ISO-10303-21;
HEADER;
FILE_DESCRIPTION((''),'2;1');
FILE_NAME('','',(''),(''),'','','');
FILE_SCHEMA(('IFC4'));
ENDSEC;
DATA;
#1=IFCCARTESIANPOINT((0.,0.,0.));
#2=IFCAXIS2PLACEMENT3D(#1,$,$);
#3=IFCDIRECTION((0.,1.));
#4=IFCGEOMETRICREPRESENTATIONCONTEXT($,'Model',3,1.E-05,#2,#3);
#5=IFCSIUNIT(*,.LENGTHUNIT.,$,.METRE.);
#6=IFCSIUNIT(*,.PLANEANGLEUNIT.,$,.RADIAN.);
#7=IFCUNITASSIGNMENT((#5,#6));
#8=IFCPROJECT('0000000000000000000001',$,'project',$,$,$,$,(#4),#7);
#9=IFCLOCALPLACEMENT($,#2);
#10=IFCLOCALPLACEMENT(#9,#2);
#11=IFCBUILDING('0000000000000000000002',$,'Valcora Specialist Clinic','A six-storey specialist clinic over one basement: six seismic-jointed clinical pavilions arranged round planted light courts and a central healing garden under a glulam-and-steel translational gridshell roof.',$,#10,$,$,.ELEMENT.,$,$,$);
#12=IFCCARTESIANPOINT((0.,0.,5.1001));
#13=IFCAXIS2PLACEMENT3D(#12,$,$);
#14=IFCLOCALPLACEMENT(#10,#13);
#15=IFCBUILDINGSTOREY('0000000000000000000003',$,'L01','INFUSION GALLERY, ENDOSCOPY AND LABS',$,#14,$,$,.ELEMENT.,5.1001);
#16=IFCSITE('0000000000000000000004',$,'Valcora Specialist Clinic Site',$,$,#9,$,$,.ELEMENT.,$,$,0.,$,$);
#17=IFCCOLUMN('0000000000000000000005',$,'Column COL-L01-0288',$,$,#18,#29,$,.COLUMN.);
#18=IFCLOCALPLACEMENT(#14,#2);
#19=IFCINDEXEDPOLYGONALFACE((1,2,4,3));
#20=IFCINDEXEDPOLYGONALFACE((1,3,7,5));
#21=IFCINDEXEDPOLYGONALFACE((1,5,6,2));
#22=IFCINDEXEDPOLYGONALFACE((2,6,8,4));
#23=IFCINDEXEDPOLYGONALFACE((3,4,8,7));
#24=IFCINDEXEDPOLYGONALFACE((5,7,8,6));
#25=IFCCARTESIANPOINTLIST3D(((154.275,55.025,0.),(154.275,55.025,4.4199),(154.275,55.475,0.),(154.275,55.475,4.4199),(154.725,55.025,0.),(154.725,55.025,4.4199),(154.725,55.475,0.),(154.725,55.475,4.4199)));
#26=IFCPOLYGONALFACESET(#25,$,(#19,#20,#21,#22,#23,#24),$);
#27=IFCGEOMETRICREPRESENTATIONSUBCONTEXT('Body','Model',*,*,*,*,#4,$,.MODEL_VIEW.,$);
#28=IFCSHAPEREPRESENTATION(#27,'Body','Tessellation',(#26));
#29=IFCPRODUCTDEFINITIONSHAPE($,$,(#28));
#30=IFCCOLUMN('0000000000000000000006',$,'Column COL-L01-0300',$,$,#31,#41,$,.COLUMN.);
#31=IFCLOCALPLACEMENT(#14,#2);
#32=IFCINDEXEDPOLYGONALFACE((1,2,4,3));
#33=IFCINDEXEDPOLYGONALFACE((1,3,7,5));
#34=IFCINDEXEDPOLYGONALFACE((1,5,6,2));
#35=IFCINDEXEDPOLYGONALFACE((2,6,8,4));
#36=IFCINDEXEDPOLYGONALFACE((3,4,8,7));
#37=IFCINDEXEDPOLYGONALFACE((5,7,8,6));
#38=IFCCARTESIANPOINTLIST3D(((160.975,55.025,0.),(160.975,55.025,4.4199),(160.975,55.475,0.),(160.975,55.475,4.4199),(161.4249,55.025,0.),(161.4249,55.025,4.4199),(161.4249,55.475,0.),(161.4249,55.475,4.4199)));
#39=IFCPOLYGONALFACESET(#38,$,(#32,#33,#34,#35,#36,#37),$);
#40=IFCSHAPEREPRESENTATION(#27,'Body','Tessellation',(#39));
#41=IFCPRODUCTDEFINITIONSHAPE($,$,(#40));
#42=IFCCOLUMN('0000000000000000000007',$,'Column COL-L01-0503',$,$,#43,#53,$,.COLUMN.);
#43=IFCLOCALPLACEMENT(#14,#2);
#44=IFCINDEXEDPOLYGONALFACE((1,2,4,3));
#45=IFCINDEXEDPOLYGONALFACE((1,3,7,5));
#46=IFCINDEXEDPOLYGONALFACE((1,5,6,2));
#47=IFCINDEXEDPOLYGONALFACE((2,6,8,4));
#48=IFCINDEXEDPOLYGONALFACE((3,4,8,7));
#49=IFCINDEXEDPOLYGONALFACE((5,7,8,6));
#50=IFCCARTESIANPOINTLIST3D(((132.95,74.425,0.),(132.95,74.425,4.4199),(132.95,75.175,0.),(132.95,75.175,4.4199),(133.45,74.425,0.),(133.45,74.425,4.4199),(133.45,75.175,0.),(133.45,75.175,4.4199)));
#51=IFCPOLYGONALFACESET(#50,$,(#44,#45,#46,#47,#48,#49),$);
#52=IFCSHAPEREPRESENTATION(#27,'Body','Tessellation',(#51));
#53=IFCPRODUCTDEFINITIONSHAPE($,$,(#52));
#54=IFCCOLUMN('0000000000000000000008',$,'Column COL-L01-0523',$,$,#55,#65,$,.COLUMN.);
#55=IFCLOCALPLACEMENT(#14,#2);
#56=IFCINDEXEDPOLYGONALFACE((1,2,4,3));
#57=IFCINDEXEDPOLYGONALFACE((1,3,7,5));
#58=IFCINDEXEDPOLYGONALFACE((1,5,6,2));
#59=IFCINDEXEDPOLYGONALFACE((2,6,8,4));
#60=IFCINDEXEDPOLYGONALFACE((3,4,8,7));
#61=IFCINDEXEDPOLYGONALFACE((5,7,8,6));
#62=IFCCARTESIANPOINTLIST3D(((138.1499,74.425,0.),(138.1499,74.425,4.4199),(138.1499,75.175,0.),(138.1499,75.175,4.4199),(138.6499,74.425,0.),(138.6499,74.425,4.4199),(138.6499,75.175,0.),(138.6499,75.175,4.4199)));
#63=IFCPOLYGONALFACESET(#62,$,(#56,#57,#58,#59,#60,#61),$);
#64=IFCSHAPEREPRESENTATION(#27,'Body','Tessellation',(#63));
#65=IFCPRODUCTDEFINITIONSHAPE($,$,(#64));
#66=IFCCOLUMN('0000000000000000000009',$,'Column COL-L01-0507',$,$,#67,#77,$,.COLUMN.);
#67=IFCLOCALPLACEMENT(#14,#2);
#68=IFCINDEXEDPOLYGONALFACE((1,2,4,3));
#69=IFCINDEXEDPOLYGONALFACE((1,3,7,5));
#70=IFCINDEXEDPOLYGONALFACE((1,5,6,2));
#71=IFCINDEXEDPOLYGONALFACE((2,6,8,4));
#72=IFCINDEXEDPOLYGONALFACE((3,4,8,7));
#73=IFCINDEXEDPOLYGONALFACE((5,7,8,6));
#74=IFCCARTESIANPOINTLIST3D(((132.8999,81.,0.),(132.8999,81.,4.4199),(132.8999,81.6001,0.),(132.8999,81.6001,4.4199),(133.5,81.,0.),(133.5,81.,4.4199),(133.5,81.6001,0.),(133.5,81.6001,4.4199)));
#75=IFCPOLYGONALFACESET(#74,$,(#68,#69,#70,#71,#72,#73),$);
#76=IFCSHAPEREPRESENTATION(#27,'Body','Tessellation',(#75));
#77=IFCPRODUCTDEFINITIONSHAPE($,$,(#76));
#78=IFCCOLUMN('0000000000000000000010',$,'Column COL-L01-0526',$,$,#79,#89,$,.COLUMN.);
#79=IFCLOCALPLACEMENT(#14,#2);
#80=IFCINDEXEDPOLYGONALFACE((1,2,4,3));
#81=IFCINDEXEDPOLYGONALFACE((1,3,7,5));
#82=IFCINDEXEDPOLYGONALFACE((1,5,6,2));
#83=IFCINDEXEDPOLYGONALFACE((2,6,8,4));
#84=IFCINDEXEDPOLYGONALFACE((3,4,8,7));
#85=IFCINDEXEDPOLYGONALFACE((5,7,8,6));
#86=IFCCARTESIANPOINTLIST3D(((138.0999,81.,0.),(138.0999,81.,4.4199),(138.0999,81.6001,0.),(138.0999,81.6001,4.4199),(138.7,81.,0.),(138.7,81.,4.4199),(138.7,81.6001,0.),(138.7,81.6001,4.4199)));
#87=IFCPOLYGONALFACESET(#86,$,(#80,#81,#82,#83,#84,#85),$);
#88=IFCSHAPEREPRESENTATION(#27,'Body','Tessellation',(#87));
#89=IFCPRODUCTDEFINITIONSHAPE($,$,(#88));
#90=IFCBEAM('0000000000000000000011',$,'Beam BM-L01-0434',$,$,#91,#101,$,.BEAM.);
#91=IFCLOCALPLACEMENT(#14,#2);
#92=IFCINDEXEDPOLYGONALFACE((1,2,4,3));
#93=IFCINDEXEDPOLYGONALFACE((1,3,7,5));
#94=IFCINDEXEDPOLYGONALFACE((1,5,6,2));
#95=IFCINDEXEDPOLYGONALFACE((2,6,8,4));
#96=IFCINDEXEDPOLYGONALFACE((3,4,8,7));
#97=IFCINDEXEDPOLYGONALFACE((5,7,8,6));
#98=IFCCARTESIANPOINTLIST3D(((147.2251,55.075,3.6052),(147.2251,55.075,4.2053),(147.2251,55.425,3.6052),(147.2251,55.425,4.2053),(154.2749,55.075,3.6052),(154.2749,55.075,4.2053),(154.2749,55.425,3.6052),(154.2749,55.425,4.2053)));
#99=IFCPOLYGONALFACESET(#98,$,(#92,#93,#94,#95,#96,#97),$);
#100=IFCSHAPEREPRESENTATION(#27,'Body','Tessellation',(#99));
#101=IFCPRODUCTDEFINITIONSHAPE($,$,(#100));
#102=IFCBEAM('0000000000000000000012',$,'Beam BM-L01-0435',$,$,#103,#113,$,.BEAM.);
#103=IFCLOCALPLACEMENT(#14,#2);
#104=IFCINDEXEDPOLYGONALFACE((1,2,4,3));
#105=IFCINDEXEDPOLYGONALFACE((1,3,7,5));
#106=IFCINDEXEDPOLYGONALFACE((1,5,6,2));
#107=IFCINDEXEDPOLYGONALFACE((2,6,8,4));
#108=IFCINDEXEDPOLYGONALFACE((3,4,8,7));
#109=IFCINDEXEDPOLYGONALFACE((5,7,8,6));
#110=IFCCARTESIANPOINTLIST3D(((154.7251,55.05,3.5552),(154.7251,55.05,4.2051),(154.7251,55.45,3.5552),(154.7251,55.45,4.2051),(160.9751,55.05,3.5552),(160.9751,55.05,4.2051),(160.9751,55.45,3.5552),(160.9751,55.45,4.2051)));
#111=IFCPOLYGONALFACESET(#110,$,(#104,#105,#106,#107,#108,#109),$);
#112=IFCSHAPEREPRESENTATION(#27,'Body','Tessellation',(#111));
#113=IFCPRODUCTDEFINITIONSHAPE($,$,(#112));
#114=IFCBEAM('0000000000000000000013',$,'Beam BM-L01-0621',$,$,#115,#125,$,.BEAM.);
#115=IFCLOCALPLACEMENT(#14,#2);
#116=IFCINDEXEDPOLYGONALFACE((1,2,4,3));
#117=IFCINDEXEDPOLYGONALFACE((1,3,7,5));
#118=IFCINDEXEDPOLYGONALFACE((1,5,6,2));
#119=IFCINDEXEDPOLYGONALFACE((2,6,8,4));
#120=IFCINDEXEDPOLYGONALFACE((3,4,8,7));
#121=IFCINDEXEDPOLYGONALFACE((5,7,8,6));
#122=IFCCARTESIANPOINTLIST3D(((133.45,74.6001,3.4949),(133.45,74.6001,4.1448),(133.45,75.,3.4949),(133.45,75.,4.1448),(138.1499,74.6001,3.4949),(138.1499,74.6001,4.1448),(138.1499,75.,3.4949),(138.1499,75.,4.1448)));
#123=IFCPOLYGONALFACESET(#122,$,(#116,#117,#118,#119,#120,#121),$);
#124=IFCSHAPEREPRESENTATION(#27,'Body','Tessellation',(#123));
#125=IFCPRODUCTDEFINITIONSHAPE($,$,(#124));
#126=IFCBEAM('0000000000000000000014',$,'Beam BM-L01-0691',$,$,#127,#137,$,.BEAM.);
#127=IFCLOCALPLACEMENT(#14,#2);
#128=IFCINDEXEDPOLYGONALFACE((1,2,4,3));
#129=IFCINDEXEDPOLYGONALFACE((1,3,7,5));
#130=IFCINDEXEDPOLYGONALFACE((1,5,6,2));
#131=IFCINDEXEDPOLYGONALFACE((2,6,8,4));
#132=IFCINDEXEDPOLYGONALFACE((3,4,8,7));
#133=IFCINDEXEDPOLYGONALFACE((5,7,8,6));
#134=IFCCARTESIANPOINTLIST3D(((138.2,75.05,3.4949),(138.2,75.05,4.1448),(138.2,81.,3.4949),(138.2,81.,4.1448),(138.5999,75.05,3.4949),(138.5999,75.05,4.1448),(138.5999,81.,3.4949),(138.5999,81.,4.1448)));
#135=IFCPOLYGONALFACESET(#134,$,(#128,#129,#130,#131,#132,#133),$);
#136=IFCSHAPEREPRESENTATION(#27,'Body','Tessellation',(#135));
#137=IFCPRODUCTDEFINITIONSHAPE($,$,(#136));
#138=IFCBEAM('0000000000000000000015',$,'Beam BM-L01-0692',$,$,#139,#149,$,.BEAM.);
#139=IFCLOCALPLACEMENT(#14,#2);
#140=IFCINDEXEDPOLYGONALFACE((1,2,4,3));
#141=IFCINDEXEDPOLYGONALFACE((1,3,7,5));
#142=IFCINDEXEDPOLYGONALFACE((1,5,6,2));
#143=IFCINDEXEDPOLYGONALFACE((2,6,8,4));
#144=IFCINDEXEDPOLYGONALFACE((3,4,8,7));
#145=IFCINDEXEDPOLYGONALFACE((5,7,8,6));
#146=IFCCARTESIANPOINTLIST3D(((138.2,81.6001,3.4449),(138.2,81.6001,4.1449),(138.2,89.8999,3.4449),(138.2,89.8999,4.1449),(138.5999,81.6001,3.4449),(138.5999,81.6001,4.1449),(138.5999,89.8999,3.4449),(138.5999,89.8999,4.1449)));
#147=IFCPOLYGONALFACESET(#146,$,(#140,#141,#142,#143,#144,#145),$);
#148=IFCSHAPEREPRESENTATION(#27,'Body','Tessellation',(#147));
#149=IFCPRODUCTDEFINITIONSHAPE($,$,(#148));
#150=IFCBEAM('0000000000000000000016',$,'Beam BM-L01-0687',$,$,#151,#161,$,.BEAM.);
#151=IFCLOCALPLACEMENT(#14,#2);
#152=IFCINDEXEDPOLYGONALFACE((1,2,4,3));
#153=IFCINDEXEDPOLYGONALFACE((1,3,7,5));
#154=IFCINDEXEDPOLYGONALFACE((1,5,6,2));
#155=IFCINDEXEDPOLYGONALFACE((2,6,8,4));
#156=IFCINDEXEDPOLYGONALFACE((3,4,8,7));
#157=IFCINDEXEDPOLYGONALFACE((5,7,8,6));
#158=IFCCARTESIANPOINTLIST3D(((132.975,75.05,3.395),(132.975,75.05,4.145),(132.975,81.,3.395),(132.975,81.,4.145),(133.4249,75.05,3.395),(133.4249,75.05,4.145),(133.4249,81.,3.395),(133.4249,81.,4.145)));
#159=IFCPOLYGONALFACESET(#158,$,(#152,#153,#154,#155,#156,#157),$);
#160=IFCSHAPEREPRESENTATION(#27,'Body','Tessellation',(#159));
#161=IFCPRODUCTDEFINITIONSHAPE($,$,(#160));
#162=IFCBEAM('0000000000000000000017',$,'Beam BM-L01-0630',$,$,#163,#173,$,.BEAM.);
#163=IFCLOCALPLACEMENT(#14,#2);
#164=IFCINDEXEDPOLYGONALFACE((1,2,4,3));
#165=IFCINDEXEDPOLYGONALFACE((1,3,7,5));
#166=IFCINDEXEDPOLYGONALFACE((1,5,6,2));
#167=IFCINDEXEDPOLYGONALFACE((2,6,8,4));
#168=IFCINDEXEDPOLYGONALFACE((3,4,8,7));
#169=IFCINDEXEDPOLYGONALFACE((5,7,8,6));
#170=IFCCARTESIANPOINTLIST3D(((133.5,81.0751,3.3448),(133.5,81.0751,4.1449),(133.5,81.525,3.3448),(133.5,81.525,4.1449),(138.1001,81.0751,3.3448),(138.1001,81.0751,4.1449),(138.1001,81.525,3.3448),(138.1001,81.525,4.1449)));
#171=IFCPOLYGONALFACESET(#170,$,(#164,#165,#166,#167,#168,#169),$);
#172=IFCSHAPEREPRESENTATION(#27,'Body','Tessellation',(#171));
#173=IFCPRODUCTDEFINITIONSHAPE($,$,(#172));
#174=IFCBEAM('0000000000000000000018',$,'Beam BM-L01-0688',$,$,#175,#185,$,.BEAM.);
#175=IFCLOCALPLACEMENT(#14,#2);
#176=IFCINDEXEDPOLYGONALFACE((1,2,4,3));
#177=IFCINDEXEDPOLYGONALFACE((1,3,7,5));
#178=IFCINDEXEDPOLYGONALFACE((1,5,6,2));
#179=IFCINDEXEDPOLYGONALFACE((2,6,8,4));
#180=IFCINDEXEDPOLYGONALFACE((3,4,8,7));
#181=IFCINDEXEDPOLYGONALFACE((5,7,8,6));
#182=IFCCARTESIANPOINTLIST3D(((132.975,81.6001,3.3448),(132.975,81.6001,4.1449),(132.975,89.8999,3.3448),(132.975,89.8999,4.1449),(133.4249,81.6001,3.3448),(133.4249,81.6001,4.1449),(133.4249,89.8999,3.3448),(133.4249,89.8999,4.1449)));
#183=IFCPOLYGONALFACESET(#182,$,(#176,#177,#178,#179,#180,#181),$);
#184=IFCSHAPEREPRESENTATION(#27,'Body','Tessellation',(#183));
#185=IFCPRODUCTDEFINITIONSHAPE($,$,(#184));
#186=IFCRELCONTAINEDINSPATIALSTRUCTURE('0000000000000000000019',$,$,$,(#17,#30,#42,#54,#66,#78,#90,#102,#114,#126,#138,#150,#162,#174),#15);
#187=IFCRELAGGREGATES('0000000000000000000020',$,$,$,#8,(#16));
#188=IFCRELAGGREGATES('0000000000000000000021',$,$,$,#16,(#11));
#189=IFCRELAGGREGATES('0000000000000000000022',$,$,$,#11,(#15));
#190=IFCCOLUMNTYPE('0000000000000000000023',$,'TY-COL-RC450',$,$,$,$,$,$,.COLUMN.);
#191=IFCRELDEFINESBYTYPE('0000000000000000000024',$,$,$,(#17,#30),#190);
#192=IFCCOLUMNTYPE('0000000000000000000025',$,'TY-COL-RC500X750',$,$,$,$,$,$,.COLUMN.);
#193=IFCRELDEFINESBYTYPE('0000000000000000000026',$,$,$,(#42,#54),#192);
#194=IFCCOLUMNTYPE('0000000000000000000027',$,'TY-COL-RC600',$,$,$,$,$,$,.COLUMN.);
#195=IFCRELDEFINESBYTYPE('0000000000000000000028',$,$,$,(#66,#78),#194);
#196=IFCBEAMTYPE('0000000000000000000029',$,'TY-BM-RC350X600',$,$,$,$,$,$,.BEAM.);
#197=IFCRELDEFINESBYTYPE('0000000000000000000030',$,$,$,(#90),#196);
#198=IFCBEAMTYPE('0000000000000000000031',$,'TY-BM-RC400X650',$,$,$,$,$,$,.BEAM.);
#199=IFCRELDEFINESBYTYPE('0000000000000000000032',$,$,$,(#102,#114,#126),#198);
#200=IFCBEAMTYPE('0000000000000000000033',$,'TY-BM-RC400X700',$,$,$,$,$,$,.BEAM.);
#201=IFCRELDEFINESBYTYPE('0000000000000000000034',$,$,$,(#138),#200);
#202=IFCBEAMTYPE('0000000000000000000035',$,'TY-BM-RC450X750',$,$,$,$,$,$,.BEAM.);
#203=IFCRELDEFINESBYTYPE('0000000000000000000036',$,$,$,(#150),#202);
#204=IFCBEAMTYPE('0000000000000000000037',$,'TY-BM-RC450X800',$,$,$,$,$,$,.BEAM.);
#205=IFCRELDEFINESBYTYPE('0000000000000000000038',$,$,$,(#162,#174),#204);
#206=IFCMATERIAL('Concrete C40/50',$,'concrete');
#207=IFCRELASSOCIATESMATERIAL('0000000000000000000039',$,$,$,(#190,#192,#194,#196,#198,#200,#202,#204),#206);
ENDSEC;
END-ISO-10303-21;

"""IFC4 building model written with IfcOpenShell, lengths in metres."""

from ifc_helpers import new_model, si_unit, direction, frame, origin, origin_2d, place, context, subcontext, project, spatial, rectangle, extrude, material, material_profile, profile_set, type_object, element, save


model = new_model("IFC4")

# Units and contexts
model_context = context("Model", 3, precision=1e-05, world=origin(), true_north=direction((0.0, 1.0)))
body_context = subcontext(model_context, "Body", "Model", "MODEL_VIEW")
ifc_project = project(units=[si_unit("LENGTHUNIT", "METRE"), si_unit("PLANEANGLEUNIT", "RADIAN")], contexts=[model_context])

# Site, building, storey
site_placement = place(None, origin())
site = spatial("IfcSite", under=ifc_project, at=site_placement, Name="Valcora Specialist Clinic Site", CompositionType="ELEMENT", RefElevation=0.0)
building_placement = place(site_placement, origin())
building = spatial("IfcBuilding", under=site, at=building_placement, Name="Valcora Specialist Clinic", Description="A six-storey specialist clinic over one basement: six seismic-jointed clinical pavilions arranged round planted light courts and a central healing garden under a glulam-and-steel translational gridshell roof.", CompositionType="ELEMENT")
storey_placement = place(building_placement, frame((0.0, 0.0, 5.1001)))
storey = spatial("IfcBuildingStorey", under=building, at=storey_placement, Name="L01", Description="INFUSION GALLERY, ENDOSCOPY AND LABS", CompositionType="ELEMENT", Elevation=5.1001)

# Columns
ifc_material_1 = material(Name="Concrete C40/50", Category="concrete")
ifc_material_profile_1 = material_profile(ifc_material_1, rectangle(XDim=0.45, YDim=0.45, at=origin_2d()), Name="RC-COL-450X450")
ifc_profile_set_1 = profile_set([ifc_material_profile_1], Name="Concrete C40/50")
column_type_1 = type_object("IfcColumnType", Name="TY-COL-RC450", PredefinedType="COLUMN", material=ifc_profile_set_1)
for number, where, z_axis, x_axis, name in (
    (1, (154.5, 55.25, 0.0), (0.0, 0.0, 1.0), (1.0, 0.0, 0.0), "Column COL-L01-0288"),
    (2, (161.2, 55.25, 0.0), (0.0, 0.0, 1.0), (1.0, 0.0, 0.0), "Column COL-L01-0300"),
):
    element("IfcColumn", number, at=place(storey_placement, frame(where, z_axis=z_axis, x_axis=x_axis)), inside=storey, type_object=column_type_1, Name=name, PredefinedType="COLUMN", context=body_context, shape_type="SweptSolid", body=[
        extrude(rectangle(XDim=0.45, YDim=0.45, at=origin_2d()), origin(), (0.0, 0.0, 1.0), 4.4199),
    ])
ifc_material_profile_2 = material_profile(ifc_material_1, rectangle(XDim=0.5, YDim=0.75, at=origin_2d()), Name="RC-COL-500X750")
ifc_profile_set_2 = profile_set([ifc_material_profile_2], Name="Concrete C40/50")
column_type_2 = type_object("IfcColumnType", Name="TY-COL-RC500X750", PredefinedType="COLUMN", material=ifc_profile_set_2)
for number, where, z_axis, x_axis, name in (
    (3, (133.2, 74.8, 0.0), (0.0, 0.0, 1.0), (1.0, 0.0, 0.0), "Column COL-L01-0503"),
    (4, (138.3999, 74.8, 0.0), (0.0, 0.0, 1.0), (1.0, 0.0, 0.0), "Column COL-L01-0523"),
):
    element("IfcColumn", number, at=place(storey_placement, frame(where, z_axis=z_axis, x_axis=x_axis)), inside=storey, type_object=column_type_2, Name=name, PredefinedType="COLUMN", context=body_context, shape_type="SweptSolid", body=[
        extrude(rectangle(XDim=0.5, YDim=0.75, at=origin_2d()), origin(), (0.0, 0.0, 1.0), 4.4199),
    ])
ifc_material_profile_3 = material_profile(ifc_material_1, rectangle(XDim=0.6001, YDim=0.6001, at=origin_2d()), Name="RC-COL-600X600")
ifc_profile_set_3 = profile_set([ifc_material_profile_3], Name="Concrete C40/50")
column_type_3 = type_object("IfcColumnType", Name="TY-COL-RC600", PredefinedType="COLUMN", material=ifc_profile_set_3)
for number, where, z_axis, x_axis, name in (
    (5, (133.2, 81.3, 0.0), (0.0, 0.0, 1.0), (1.0, 0.0, 0.0), "Column COL-L01-0507"),
    (6, (138.3999, 81.3, 0.0), (0.0, 0.0, 1.0), (1.0, 0.0, 0.0), "Column COL-L01-0526"),
):
    element("IfcColumn", number, at=place(storey_placement, frame(where, z_axis=z_axis, x_axis=x_axis)), inside=storey, type_object=column_type_3, Name=name, PredefinedType="COLUMN", context=body_context, shape_type="SweptSolid", body=[
        extrude(rectangle(XDim=0.6001, YDim=0.6001, at=origin_2d()), origin(), (0.0, 0.0, 1.0), 4.4199),
    ])

# Beams
ifc_material_profile_4 = material_profile(ifc_material_1, rectangle(XDim=0.3501, YDim=0.6001, at=origin_2d()), Name="RC-BM-350X600")
ifc_profile_set_4 = profile_set([ifc_material_profile_4], Name="Concrete C40/50")
beam_type_1 = type_object("IfcBeamType", Name="TY-BM-RC350X600", PredefinedType="BEAM", material=ifc_profile_set_4)
beam_1_placement = place(storey_placement, frame((147.2251, 55.25, 3.9053), z_axis=(1.0, 0.0, 0.0), x_axis=(0.0, 1.0, 0.0)))
element("IfcBeam", 7, at=beam_1_placement, inside=storey, type_object=beam_type_1, Name="Beam BM-L01-0434", PredefinedType="BEAM", context=body_context, shape_type="SweptSolid", body=[
    extrude(rectangle(XDim=0.3501, YDim=0.6001, at=origin_2d()), origin(), (0.0, 0.0, 1.0), 7.0498),
])
ifc_material_profile_5 = material_profile(ifc_material_1, rectangle(XDim=0.3999, YDim=0.6499, at=origin_2d()), Name="RC-BM-400X650")
ifc_profile_set_5 = profile_set([ifc_material_profile_5], Name="Concrete C40/50")
beam_type_2 = type_object("IfcBeamType", Name="TY-BM-RC400X650", PredefinedType="BEAM", material=ifc_profile_set_5)
beam_2_placement = place(storey_placement, frame((154.7251, 55.25, 3.8801), z_axis=(1.0, 0.0, 0.0), x_axis=(0.0, 1.0, 0.0)))
element("IfcBeam", 8, at=beam_2_placement, inside=storey, type_object=beam_type_2, Name="Beam BM-L01-0435", PredefinedType="BEAM", context=body_context, shape_type="SweptSolid", body=[
    extrude(rectangle(XDim=0.3999, YDim=0.6499, at=origin_2d()), origin(), (0.0, 0.0, 1.0), 6.25),
])
beam_3_placement = place(storey_placement, frame((133.45, 74.8, 3.8198), z_axis=(1.0, 0.0, 0.0), x_axis=(0.0, 1.0, 0.0)))
element("IfcBeam", 9, at=beam_3_placement, inside=storey, type_object=beam_type_2, Name="Beam BM-L01-0621", PredefinedType="BEAM", context=body_context, shape_type="SweptSolid", body=[
    extrude(rectangle(XDim=0.3999, YDim=0.6499, at=origin_2d()), origin(), (0.0, 0.0, 1.0), 4.7),
])
beam_4_placement = place(storey_placement, frame((138.3999, 75.05, 3.8198), z_axis=(0.0, 1.0, 0.0), x_axis=(-1.0, 0.0, 0.0)))
element("IfcBeam", 10, at=beam_4_placement, inside=storey, type_object=beam_type_2, Name="Beam BM-L01-0691", PredefinedType="BEAM", context=body_context, shape_type="SweptSolid", body=[
    extrude(rectangle(XDim=0.3999, YDim=0.6499, at=origin_2d()), origin(), (0.0, 0.0, 1.0), 5.95),
])
ifc_material_profile_6 = material_profile(ifc_material_1, rectangle(XDim=0.3999, YDim=0.7, at=origin_2d()), Name="RC-BM-400X700")
ifc_profile_set_6 = profile_set([ifc_material_profile_6], Name="Concrete C40/50")
beam_type_3 = type_object("IfcBeamType", Name="TY-BM-RC400X700", PredefinedType="BEAM", material=ifc_profile_set_6)
beam_5_placement = place(storey_placement, frame((138.3999, 81.6001, 3.7949), z_axis=(0.0, 1.0, 0.0), x_axis=(-1.0, 0.0, 0.0)))
element("IfcBeam", 11, at=beam_5_placement, inside=storey, type_object=beam_type_3, Name="Beam BM-L01-0692", PredefinedType="BEAM", context=body_context, shape_type="SweptSolid", body=[
    extrude(rectangle(XDim=0.3999, YDim=0.7, at=origin_2d()), origin(), (0.0, 0.0, 1.0), 8.2998),
])
ifc_material_profile_7 = material_profile(ifc_material_1, rectangle(XDim=0.45, YDim=0.75, at=origin_2d()), Name="RC-BM-450X750")
ifc_profile_set_7 = profile_set([ifc_material_profile_7], Name="Concrete C40/50")
beam_type_4 = type_object("IfcBeamType", Name="TY-BM-RC450X750", PredefinedType="BEAM", material=ifc_profile_set_7)
beam_6_placement = place(storey_placement, frame((133.2, 75.05, 3.77), z_axis=(0.0, 1.0, 0.0), x_axis=(-1.0, 0.0, 0.0)))
element("IfcBeam", 12, at=beam_6_placement, inside=storey, type_object=beam_type_4, Name="Beam BM-L01-0687", PredefinedType="BEAM", context=body_context, shape_type="SweptSolid", body=[
    extrude(rectangle(XDim=0.45, YDim=0.75, at=origin_2d()), origin(), (0.0, 0.0, 1.0), 5.95),
])
ifc_material_profile_8 = material_profile(ifc_material_1, rectangle(XDim=0.45, YDim=0.8, at=origin_2d()), Name="RC-BM-450X800")
ifc_profile_set_8 = profile_set([ifc_material_profile_8], Name="Concrete C40/50")
beam_type_5 = type_object("IfcBeamType", Name="TY-BM-RC450X800", PredefinedType="BEAM", material=ifc_profile_set_8)
beam_7_placement = place(storey_placement, frame((133.5, 81.3, 3.7449), z_axis=(1.0, 0.0, 0.0), x_axis=(0.0, 1.0, 0.0)))
element("IfcBeam", 13, at=beam_7_placement, inside=storey, type_object=beam_type_5, Name="Beam BM-L01-0630", PredefinedType="BEAM", context=body_context, shape_type="SweptSolid", body=[
    extrude(rectangle(XDim=0.45, YDim=0.8, at=origin_2d()), origin(), (0.0, 0.0, 1.0), 4.6001),
])
beam_8_placement = place(storey_placement, frame((133.2, 81.6001, 3.7449), z_axis=(0.0, 1.0, 0.0), x_axis=(-1.0, 0.0, 0.0)))
element("IfcBeam", 14, at=beam_8_placement, inside=storey, type_object=beam_type_5, Name="Beam BM-L01-0688", PredefinedType="BEAM", context=body_context, shape_type="SweptSolid", body=[
    extrude(rectangle(XDim=0.45, YDim=0.8, at=origin_2d()), origin(), (0.0, 0.0, 1.0), 8.2998),
])

save(model, "model.ifc")
